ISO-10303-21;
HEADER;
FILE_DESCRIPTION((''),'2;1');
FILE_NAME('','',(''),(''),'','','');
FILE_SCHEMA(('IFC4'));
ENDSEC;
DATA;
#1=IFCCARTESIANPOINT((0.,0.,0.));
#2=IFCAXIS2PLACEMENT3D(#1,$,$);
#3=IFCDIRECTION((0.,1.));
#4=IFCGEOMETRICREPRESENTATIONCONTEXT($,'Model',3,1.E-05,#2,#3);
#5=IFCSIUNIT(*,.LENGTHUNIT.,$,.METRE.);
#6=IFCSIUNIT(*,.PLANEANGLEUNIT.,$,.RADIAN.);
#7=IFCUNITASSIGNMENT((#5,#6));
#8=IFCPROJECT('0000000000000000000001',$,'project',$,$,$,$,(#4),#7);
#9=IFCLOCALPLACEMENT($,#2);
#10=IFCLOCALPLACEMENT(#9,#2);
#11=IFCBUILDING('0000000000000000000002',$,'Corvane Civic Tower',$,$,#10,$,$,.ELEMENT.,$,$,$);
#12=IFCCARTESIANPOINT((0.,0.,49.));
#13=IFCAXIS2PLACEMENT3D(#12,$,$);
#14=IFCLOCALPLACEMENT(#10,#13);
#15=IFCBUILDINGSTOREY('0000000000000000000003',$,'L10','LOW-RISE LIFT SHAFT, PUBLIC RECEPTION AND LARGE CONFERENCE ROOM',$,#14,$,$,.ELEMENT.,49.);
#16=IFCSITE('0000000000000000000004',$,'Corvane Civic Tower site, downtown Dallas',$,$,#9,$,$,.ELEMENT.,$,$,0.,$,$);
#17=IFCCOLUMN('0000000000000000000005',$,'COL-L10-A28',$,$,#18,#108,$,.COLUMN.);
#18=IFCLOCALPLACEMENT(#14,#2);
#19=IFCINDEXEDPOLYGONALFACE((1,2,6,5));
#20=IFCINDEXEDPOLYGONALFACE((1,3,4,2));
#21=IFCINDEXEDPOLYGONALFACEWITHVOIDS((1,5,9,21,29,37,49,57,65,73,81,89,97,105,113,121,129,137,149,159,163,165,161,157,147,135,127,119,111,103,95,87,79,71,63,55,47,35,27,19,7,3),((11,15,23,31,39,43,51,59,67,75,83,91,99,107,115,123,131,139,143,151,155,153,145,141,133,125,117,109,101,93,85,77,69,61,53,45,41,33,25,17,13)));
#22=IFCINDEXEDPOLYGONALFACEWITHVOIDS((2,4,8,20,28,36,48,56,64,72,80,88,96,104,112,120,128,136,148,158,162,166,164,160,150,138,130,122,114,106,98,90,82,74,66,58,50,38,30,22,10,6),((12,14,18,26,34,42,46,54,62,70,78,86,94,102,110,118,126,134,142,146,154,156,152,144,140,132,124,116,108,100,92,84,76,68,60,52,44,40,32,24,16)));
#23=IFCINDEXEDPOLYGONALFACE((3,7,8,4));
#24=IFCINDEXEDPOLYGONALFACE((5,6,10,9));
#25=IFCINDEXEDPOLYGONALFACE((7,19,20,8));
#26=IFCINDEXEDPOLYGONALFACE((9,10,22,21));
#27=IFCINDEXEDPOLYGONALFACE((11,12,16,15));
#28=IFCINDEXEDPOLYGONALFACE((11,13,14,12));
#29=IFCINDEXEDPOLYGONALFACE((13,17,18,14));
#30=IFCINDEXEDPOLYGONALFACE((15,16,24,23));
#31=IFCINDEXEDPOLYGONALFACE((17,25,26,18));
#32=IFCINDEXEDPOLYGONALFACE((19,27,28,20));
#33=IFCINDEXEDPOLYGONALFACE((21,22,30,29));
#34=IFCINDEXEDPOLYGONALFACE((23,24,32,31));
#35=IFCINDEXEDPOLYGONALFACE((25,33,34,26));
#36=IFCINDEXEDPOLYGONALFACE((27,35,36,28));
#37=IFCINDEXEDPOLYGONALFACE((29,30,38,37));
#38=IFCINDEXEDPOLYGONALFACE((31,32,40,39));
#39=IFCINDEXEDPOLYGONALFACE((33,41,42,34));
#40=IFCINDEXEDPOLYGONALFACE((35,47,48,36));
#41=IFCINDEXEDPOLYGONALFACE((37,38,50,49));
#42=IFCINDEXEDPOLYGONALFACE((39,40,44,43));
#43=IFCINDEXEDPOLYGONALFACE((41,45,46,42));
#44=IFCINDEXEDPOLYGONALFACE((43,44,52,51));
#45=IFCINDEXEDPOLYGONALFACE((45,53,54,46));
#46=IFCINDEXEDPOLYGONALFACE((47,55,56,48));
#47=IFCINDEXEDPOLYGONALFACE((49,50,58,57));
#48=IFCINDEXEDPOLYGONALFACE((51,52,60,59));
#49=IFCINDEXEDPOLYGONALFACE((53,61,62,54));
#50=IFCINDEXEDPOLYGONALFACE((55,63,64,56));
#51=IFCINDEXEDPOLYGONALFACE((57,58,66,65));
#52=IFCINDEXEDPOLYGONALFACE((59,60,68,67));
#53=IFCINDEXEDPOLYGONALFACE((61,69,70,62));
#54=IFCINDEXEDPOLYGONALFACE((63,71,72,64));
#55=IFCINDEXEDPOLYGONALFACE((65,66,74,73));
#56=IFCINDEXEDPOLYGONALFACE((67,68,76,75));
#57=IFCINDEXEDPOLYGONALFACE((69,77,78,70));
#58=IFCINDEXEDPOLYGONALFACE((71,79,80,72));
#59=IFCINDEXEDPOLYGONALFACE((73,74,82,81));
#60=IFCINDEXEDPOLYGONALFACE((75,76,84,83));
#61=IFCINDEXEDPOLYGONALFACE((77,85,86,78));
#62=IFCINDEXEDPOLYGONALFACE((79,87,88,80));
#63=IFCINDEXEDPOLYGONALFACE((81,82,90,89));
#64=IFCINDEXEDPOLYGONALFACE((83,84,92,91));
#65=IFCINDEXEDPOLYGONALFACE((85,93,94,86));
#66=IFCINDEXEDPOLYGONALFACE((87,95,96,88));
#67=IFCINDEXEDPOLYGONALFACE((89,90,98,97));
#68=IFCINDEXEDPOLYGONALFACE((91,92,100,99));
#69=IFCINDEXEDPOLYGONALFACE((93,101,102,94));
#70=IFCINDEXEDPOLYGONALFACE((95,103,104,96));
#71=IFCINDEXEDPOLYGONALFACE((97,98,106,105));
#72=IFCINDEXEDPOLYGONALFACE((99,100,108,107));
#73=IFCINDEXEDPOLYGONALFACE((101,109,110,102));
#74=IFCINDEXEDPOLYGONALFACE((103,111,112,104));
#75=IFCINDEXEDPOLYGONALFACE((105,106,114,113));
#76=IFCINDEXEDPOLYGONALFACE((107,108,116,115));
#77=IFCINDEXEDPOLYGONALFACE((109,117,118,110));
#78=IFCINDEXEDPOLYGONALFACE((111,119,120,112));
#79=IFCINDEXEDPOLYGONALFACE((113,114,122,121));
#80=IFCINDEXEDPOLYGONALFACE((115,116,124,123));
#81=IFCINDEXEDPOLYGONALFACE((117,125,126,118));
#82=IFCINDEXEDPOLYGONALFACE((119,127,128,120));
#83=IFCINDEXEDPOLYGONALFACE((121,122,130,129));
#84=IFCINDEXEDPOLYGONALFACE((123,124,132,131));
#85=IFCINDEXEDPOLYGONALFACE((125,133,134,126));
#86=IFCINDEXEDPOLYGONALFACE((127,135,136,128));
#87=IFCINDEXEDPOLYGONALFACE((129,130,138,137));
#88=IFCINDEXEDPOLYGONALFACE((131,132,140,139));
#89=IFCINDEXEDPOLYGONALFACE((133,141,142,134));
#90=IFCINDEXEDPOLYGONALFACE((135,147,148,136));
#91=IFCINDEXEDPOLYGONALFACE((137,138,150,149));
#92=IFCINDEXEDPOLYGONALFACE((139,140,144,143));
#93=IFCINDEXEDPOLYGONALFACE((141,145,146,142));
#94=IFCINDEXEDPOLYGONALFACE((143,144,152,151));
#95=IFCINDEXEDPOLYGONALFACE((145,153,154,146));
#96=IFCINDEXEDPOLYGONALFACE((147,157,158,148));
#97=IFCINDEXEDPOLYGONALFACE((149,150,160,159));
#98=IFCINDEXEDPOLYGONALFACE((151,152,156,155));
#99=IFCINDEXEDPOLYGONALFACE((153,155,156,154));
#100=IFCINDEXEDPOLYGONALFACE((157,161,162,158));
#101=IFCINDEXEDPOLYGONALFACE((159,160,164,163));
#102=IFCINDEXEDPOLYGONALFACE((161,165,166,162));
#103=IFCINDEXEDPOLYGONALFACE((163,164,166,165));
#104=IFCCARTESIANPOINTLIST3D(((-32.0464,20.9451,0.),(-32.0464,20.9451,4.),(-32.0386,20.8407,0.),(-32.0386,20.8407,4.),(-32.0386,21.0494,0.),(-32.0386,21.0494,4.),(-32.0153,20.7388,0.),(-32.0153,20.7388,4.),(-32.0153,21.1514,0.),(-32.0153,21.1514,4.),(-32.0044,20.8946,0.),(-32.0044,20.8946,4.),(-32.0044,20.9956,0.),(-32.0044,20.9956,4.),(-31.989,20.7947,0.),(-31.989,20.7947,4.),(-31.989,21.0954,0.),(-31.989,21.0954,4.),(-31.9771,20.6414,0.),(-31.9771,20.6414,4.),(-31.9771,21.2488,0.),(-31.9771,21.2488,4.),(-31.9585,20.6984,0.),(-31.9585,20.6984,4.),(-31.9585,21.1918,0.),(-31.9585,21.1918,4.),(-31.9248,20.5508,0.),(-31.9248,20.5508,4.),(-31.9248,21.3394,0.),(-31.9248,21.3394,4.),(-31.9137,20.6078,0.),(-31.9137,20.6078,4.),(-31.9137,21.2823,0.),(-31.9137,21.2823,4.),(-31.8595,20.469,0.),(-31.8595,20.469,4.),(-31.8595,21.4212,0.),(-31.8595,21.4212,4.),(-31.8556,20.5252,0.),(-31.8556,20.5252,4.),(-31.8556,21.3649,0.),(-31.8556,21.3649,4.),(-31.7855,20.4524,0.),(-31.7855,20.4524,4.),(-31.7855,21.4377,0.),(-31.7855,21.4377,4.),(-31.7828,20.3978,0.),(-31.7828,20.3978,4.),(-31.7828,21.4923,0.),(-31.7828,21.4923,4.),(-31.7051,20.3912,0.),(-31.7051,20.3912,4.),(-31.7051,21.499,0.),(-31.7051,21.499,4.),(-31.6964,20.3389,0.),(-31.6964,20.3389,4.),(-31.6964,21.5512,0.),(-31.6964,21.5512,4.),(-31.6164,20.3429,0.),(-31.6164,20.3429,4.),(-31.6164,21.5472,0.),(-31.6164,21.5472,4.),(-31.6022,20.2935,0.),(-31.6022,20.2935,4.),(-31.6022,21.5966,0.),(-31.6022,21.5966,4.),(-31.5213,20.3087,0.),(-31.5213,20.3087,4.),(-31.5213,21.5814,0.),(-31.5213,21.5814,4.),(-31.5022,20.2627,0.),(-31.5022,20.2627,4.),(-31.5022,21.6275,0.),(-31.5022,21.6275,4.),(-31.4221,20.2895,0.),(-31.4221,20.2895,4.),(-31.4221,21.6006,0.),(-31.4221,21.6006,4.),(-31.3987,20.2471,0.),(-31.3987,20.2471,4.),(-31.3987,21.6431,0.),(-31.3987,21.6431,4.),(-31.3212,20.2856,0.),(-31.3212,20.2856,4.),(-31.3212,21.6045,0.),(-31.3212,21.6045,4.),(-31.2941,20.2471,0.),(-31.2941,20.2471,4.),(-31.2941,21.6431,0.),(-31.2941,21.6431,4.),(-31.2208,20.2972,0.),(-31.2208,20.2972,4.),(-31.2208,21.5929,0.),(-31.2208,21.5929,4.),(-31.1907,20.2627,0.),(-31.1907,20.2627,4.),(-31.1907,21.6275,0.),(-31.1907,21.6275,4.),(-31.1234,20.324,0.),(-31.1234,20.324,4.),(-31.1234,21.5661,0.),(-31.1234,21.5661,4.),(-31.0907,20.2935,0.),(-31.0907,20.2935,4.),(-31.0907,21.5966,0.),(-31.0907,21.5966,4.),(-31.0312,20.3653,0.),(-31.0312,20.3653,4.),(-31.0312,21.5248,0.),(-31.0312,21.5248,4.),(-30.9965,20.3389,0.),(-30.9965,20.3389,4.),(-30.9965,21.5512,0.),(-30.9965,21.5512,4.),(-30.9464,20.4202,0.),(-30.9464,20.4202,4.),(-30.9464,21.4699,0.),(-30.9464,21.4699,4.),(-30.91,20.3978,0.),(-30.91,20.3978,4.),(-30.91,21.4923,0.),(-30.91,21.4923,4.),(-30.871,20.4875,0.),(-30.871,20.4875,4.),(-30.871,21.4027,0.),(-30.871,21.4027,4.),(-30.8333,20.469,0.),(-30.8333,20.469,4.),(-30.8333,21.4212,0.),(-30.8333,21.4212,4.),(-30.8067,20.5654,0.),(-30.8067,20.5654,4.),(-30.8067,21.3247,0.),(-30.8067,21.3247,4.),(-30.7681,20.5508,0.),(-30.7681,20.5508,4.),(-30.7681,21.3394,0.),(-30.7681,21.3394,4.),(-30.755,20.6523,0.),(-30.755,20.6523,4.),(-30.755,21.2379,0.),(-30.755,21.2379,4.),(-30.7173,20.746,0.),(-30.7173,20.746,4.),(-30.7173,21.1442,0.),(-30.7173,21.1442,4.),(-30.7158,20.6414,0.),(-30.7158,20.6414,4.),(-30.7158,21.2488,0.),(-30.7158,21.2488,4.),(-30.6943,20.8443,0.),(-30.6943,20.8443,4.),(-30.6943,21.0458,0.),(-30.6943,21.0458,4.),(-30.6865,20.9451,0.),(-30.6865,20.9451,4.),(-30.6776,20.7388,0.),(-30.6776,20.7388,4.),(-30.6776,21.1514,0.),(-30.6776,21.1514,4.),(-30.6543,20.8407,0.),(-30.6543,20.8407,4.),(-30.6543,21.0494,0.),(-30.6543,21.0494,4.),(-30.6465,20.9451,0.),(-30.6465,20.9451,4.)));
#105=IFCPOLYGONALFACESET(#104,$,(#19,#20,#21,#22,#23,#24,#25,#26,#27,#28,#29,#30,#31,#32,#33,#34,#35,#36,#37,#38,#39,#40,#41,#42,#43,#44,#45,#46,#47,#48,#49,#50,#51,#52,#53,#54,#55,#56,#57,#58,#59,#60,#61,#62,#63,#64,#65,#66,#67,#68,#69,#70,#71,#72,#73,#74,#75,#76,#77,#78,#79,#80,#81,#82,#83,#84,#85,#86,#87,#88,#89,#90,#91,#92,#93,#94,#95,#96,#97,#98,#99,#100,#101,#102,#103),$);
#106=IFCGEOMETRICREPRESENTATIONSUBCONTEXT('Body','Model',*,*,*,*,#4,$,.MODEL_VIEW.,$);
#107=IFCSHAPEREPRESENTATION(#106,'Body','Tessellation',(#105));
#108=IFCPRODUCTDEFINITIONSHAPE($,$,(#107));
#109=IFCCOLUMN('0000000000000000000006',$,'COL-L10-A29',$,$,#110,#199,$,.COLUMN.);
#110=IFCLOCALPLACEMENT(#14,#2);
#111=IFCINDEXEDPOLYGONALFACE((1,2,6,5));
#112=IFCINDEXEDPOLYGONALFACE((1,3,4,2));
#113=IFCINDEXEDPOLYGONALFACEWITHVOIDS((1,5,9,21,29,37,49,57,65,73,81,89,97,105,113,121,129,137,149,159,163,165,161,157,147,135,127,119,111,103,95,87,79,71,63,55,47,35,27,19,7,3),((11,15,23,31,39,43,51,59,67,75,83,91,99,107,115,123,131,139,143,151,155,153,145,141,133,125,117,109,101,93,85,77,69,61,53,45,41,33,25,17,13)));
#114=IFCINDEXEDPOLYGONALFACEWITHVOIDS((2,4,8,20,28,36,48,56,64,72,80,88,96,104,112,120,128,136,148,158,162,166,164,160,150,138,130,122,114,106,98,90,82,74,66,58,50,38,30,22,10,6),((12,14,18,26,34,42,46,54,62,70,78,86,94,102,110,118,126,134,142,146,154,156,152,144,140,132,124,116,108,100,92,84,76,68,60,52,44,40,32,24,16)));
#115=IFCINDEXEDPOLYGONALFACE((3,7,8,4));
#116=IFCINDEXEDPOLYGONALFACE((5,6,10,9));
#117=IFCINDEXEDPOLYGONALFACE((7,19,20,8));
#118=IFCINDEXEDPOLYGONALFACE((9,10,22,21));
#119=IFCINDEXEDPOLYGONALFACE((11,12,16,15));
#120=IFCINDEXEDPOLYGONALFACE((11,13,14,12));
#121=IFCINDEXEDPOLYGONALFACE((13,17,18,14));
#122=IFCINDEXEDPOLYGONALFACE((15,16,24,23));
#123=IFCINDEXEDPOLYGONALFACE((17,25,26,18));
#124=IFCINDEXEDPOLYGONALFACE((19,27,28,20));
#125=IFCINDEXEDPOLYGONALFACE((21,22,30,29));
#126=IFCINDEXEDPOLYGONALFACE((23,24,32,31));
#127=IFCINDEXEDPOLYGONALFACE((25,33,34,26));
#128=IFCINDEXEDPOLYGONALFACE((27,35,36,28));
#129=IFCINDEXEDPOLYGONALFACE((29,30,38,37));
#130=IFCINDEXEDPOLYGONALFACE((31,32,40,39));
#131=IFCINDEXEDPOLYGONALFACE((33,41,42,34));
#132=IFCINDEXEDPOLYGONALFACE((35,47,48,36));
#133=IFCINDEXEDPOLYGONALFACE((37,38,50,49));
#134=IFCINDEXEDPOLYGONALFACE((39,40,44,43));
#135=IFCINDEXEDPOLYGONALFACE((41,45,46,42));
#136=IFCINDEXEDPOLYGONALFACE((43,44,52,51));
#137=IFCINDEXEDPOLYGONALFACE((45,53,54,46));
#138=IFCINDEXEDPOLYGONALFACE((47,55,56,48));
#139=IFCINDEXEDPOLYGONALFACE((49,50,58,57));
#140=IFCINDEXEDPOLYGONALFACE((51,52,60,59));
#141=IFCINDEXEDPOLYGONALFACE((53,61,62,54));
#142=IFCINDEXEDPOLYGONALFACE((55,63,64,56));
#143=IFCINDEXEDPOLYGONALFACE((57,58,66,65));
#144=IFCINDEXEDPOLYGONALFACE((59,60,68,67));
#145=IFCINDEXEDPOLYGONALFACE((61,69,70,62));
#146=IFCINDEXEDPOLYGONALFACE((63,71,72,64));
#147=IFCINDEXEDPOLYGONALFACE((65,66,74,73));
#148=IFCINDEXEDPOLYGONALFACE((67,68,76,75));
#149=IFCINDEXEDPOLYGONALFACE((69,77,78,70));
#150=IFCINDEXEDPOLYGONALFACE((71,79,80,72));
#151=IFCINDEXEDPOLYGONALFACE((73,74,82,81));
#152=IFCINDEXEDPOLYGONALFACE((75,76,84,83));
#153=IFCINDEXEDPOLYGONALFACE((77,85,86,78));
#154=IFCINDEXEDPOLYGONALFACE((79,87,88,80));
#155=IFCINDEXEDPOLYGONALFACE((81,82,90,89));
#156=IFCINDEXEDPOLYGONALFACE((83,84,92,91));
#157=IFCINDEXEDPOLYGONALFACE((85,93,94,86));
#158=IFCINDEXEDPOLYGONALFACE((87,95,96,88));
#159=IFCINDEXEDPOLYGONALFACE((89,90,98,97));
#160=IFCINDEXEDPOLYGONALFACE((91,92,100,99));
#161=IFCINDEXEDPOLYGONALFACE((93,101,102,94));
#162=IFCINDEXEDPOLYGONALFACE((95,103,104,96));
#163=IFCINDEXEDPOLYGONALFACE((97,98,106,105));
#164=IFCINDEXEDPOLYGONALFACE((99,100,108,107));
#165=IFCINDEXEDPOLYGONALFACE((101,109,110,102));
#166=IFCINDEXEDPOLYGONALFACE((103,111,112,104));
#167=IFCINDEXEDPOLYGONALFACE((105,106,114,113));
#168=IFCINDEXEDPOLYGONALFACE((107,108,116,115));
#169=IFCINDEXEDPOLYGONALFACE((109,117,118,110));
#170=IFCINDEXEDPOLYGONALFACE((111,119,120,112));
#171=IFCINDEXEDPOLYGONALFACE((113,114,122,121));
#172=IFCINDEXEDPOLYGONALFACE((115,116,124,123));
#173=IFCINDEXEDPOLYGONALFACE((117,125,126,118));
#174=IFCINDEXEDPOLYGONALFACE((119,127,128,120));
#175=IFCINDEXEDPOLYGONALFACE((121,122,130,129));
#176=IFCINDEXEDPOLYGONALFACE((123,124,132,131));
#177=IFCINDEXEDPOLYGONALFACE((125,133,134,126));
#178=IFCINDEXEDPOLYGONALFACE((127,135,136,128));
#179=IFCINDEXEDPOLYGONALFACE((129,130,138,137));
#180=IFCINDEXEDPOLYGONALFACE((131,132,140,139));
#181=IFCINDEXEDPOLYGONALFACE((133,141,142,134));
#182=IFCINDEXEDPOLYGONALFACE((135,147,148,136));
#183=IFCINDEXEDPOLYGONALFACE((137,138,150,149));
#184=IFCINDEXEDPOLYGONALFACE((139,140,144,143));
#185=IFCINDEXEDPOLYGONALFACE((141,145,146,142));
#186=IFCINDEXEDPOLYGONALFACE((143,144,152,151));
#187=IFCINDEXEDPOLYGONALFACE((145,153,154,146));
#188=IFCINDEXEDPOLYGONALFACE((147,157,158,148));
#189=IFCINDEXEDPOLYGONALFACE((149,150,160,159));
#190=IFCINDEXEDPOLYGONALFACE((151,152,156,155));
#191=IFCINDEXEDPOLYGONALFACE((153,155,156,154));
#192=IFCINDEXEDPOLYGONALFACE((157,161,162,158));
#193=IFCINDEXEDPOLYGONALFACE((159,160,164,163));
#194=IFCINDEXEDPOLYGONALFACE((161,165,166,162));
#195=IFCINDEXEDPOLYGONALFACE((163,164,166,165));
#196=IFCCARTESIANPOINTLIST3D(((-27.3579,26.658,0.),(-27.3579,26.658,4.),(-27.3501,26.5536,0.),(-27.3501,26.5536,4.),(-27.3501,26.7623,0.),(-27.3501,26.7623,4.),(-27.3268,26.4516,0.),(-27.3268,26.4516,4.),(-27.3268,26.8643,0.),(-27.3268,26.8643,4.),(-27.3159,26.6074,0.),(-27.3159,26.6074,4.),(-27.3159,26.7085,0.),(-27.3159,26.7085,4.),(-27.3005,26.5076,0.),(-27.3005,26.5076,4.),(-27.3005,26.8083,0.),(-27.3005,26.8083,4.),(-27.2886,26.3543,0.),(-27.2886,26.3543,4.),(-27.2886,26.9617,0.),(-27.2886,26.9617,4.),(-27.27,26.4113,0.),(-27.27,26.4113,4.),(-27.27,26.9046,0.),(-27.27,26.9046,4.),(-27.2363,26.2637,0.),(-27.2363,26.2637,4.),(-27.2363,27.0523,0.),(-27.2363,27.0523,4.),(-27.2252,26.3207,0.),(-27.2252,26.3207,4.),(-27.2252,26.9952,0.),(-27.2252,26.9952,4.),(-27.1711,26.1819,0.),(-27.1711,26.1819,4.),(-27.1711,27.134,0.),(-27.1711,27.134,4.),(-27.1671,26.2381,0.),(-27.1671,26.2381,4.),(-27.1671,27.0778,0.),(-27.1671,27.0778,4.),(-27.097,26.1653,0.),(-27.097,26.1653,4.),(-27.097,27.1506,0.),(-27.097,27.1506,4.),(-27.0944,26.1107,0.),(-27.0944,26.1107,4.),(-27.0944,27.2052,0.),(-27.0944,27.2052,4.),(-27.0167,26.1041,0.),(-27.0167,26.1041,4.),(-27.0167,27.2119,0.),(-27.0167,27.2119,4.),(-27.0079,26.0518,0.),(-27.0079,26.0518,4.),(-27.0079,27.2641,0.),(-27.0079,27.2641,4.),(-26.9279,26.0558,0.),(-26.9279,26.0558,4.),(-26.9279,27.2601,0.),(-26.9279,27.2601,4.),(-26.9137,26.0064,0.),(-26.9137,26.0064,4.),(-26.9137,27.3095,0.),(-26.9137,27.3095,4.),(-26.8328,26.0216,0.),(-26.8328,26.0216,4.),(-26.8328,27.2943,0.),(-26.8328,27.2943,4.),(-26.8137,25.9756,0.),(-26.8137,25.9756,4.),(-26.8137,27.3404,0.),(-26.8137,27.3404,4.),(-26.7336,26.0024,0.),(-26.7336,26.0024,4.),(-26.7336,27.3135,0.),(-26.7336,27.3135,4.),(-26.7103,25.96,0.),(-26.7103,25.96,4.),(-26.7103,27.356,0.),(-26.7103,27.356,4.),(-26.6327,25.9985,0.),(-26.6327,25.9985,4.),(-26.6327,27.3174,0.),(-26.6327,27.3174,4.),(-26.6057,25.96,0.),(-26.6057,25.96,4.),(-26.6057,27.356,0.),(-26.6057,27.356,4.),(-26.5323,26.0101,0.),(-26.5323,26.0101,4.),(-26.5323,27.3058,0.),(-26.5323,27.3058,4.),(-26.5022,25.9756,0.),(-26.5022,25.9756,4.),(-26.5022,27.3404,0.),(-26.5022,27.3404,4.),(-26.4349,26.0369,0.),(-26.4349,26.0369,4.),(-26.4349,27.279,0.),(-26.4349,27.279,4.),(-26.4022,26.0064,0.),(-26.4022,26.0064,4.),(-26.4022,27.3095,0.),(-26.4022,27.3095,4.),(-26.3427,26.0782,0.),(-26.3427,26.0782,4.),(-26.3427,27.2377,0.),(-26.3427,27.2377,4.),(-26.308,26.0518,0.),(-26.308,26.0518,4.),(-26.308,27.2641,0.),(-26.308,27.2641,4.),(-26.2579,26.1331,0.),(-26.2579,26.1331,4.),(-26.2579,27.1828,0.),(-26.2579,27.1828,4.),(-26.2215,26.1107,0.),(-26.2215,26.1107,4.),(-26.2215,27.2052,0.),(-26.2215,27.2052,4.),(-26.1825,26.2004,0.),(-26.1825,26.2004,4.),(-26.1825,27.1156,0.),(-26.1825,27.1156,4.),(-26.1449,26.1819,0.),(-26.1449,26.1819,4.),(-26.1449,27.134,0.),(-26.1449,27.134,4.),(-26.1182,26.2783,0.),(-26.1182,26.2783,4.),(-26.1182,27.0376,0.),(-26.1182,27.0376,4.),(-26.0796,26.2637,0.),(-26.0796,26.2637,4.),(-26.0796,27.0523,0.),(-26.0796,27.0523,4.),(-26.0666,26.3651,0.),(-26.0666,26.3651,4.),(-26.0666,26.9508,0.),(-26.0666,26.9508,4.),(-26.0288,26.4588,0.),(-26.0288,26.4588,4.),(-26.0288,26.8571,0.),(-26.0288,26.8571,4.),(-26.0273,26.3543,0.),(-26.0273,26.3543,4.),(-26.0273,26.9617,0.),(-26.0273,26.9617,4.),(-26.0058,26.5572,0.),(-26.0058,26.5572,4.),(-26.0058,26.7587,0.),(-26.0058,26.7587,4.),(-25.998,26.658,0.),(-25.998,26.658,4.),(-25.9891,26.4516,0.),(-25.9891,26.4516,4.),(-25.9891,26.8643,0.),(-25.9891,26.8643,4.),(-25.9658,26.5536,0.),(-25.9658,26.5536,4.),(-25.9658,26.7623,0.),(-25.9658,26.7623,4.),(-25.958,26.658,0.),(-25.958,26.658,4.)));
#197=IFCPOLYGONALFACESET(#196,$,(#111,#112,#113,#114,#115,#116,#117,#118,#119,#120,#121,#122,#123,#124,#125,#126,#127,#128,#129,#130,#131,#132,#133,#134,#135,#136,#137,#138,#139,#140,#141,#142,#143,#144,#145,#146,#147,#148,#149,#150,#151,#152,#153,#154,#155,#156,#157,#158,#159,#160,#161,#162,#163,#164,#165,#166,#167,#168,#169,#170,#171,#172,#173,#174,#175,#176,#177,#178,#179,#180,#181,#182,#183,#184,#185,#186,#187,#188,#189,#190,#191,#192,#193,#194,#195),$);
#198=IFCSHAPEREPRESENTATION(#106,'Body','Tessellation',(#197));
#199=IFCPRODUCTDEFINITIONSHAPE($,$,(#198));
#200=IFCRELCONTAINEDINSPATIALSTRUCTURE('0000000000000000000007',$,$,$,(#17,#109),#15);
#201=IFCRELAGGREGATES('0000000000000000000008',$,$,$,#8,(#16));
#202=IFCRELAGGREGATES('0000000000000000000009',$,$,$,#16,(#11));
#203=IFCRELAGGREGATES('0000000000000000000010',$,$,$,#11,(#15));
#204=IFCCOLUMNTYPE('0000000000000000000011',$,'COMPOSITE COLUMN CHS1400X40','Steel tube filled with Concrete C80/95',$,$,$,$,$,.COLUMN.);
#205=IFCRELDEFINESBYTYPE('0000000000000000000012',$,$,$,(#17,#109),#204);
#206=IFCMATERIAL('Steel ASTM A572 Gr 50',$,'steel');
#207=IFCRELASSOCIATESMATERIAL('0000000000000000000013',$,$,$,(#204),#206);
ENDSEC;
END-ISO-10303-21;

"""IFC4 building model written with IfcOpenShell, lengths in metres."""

from ifc_helpers import new_model, si_unit, direction, frame, origin, origin_2d, place, context, subcontext, project, spatial, hollow_circle, extrude, material, material_profile, profile_set, type_object, element, save


model = new_model("IFC4")

# Units and contexts
model_context = context("Model", 3, precision=1e-05, world=origin(), true_north=direction((0.0, 1.0)))
body_context = subcontext(model_context, "Body", "Model", "MODEL_VIEW")
ifc_project = project(units=[si_unit("LENGTHUNIT", "METRE"), si_unit("PLANEANGLEUNIT", "RADIAN")], contexts=[model_context])

# Site, building, storey
site_placement = place(None, origin())
site = spatial("IfcSite", under=ifc_project, at=site_placement, Name="Corvane Civic Tower site, downtown Dallas", CompositionType="ELEMENT", RefElevation=0.0)
building_placement = place(site_placement, origin())
building = spatial("IfcBuilding", under=site, at=building_placement, Name="Corvane Civic Tower", CompositionType="ELEMENT")
storey_placement = place(building_placement, frame((0.0, 0.0, 49.0)))
storey = spatial("IfcBuildingStorey", under=building, at=storey_placement, Name="L10", Description="LOW-RISE LIFT SHAFT, PUBLIC RECEPTION AND LARGE CONFERENCE ROOM", CompositionType="ELEMENT", Elevation=49.0)

# Columns
ifc_material_1 = material(Name="Steel ASTM A572 Gr 50", Category="steel")
ifc_material_profile_1 = material_profile(ifc_material_1, hollow_circle(Radius=0.7, WallThickness=0.04, at=origin_2d()), Name="CHS1400X40")
ifc_profile_set_1 = profile_set([ifc_material_profile_1], Name="Steel ASTM A572 Gr 50")
column_type = type_object("IfcColumnType", Name="COMPOSITE COLUMN CHS1400X40", Description="Steel tube filled with Concrete C80/95", PredefinedType="COLUMN", material=ifc_profile_set_1)
for number, where, z_axis, x_axis, name in (
    (1, (-31.3464, 20.9451, 0.0), (0.0, 0.0, 1.0), (1.0, 0.0, 0.0), "COL-L10-A28"),
    (2, (-26.658, 26.658, 0.0), (0.0, 0.0, 1.0), (1.0, 0.0, 0.0), "COL-L10-A29"),
):
    element("IfcColumn", number, at=place(storey_placement, frame(where, z_axis=z_axis, x_axis=x_axis)), inside=storey, type_object=column_type, Name=name, PredefinedType="COLUMN", context=body_context, shape_type="SweptSolid", body=[
        extrude(hollow_circle(Radius=0.7, WallThickness=0.04, at=origin_2d()), origin(), (0.0, 0.0, 1.0), 4.0),
    ])

save(model, "model.ifc")
